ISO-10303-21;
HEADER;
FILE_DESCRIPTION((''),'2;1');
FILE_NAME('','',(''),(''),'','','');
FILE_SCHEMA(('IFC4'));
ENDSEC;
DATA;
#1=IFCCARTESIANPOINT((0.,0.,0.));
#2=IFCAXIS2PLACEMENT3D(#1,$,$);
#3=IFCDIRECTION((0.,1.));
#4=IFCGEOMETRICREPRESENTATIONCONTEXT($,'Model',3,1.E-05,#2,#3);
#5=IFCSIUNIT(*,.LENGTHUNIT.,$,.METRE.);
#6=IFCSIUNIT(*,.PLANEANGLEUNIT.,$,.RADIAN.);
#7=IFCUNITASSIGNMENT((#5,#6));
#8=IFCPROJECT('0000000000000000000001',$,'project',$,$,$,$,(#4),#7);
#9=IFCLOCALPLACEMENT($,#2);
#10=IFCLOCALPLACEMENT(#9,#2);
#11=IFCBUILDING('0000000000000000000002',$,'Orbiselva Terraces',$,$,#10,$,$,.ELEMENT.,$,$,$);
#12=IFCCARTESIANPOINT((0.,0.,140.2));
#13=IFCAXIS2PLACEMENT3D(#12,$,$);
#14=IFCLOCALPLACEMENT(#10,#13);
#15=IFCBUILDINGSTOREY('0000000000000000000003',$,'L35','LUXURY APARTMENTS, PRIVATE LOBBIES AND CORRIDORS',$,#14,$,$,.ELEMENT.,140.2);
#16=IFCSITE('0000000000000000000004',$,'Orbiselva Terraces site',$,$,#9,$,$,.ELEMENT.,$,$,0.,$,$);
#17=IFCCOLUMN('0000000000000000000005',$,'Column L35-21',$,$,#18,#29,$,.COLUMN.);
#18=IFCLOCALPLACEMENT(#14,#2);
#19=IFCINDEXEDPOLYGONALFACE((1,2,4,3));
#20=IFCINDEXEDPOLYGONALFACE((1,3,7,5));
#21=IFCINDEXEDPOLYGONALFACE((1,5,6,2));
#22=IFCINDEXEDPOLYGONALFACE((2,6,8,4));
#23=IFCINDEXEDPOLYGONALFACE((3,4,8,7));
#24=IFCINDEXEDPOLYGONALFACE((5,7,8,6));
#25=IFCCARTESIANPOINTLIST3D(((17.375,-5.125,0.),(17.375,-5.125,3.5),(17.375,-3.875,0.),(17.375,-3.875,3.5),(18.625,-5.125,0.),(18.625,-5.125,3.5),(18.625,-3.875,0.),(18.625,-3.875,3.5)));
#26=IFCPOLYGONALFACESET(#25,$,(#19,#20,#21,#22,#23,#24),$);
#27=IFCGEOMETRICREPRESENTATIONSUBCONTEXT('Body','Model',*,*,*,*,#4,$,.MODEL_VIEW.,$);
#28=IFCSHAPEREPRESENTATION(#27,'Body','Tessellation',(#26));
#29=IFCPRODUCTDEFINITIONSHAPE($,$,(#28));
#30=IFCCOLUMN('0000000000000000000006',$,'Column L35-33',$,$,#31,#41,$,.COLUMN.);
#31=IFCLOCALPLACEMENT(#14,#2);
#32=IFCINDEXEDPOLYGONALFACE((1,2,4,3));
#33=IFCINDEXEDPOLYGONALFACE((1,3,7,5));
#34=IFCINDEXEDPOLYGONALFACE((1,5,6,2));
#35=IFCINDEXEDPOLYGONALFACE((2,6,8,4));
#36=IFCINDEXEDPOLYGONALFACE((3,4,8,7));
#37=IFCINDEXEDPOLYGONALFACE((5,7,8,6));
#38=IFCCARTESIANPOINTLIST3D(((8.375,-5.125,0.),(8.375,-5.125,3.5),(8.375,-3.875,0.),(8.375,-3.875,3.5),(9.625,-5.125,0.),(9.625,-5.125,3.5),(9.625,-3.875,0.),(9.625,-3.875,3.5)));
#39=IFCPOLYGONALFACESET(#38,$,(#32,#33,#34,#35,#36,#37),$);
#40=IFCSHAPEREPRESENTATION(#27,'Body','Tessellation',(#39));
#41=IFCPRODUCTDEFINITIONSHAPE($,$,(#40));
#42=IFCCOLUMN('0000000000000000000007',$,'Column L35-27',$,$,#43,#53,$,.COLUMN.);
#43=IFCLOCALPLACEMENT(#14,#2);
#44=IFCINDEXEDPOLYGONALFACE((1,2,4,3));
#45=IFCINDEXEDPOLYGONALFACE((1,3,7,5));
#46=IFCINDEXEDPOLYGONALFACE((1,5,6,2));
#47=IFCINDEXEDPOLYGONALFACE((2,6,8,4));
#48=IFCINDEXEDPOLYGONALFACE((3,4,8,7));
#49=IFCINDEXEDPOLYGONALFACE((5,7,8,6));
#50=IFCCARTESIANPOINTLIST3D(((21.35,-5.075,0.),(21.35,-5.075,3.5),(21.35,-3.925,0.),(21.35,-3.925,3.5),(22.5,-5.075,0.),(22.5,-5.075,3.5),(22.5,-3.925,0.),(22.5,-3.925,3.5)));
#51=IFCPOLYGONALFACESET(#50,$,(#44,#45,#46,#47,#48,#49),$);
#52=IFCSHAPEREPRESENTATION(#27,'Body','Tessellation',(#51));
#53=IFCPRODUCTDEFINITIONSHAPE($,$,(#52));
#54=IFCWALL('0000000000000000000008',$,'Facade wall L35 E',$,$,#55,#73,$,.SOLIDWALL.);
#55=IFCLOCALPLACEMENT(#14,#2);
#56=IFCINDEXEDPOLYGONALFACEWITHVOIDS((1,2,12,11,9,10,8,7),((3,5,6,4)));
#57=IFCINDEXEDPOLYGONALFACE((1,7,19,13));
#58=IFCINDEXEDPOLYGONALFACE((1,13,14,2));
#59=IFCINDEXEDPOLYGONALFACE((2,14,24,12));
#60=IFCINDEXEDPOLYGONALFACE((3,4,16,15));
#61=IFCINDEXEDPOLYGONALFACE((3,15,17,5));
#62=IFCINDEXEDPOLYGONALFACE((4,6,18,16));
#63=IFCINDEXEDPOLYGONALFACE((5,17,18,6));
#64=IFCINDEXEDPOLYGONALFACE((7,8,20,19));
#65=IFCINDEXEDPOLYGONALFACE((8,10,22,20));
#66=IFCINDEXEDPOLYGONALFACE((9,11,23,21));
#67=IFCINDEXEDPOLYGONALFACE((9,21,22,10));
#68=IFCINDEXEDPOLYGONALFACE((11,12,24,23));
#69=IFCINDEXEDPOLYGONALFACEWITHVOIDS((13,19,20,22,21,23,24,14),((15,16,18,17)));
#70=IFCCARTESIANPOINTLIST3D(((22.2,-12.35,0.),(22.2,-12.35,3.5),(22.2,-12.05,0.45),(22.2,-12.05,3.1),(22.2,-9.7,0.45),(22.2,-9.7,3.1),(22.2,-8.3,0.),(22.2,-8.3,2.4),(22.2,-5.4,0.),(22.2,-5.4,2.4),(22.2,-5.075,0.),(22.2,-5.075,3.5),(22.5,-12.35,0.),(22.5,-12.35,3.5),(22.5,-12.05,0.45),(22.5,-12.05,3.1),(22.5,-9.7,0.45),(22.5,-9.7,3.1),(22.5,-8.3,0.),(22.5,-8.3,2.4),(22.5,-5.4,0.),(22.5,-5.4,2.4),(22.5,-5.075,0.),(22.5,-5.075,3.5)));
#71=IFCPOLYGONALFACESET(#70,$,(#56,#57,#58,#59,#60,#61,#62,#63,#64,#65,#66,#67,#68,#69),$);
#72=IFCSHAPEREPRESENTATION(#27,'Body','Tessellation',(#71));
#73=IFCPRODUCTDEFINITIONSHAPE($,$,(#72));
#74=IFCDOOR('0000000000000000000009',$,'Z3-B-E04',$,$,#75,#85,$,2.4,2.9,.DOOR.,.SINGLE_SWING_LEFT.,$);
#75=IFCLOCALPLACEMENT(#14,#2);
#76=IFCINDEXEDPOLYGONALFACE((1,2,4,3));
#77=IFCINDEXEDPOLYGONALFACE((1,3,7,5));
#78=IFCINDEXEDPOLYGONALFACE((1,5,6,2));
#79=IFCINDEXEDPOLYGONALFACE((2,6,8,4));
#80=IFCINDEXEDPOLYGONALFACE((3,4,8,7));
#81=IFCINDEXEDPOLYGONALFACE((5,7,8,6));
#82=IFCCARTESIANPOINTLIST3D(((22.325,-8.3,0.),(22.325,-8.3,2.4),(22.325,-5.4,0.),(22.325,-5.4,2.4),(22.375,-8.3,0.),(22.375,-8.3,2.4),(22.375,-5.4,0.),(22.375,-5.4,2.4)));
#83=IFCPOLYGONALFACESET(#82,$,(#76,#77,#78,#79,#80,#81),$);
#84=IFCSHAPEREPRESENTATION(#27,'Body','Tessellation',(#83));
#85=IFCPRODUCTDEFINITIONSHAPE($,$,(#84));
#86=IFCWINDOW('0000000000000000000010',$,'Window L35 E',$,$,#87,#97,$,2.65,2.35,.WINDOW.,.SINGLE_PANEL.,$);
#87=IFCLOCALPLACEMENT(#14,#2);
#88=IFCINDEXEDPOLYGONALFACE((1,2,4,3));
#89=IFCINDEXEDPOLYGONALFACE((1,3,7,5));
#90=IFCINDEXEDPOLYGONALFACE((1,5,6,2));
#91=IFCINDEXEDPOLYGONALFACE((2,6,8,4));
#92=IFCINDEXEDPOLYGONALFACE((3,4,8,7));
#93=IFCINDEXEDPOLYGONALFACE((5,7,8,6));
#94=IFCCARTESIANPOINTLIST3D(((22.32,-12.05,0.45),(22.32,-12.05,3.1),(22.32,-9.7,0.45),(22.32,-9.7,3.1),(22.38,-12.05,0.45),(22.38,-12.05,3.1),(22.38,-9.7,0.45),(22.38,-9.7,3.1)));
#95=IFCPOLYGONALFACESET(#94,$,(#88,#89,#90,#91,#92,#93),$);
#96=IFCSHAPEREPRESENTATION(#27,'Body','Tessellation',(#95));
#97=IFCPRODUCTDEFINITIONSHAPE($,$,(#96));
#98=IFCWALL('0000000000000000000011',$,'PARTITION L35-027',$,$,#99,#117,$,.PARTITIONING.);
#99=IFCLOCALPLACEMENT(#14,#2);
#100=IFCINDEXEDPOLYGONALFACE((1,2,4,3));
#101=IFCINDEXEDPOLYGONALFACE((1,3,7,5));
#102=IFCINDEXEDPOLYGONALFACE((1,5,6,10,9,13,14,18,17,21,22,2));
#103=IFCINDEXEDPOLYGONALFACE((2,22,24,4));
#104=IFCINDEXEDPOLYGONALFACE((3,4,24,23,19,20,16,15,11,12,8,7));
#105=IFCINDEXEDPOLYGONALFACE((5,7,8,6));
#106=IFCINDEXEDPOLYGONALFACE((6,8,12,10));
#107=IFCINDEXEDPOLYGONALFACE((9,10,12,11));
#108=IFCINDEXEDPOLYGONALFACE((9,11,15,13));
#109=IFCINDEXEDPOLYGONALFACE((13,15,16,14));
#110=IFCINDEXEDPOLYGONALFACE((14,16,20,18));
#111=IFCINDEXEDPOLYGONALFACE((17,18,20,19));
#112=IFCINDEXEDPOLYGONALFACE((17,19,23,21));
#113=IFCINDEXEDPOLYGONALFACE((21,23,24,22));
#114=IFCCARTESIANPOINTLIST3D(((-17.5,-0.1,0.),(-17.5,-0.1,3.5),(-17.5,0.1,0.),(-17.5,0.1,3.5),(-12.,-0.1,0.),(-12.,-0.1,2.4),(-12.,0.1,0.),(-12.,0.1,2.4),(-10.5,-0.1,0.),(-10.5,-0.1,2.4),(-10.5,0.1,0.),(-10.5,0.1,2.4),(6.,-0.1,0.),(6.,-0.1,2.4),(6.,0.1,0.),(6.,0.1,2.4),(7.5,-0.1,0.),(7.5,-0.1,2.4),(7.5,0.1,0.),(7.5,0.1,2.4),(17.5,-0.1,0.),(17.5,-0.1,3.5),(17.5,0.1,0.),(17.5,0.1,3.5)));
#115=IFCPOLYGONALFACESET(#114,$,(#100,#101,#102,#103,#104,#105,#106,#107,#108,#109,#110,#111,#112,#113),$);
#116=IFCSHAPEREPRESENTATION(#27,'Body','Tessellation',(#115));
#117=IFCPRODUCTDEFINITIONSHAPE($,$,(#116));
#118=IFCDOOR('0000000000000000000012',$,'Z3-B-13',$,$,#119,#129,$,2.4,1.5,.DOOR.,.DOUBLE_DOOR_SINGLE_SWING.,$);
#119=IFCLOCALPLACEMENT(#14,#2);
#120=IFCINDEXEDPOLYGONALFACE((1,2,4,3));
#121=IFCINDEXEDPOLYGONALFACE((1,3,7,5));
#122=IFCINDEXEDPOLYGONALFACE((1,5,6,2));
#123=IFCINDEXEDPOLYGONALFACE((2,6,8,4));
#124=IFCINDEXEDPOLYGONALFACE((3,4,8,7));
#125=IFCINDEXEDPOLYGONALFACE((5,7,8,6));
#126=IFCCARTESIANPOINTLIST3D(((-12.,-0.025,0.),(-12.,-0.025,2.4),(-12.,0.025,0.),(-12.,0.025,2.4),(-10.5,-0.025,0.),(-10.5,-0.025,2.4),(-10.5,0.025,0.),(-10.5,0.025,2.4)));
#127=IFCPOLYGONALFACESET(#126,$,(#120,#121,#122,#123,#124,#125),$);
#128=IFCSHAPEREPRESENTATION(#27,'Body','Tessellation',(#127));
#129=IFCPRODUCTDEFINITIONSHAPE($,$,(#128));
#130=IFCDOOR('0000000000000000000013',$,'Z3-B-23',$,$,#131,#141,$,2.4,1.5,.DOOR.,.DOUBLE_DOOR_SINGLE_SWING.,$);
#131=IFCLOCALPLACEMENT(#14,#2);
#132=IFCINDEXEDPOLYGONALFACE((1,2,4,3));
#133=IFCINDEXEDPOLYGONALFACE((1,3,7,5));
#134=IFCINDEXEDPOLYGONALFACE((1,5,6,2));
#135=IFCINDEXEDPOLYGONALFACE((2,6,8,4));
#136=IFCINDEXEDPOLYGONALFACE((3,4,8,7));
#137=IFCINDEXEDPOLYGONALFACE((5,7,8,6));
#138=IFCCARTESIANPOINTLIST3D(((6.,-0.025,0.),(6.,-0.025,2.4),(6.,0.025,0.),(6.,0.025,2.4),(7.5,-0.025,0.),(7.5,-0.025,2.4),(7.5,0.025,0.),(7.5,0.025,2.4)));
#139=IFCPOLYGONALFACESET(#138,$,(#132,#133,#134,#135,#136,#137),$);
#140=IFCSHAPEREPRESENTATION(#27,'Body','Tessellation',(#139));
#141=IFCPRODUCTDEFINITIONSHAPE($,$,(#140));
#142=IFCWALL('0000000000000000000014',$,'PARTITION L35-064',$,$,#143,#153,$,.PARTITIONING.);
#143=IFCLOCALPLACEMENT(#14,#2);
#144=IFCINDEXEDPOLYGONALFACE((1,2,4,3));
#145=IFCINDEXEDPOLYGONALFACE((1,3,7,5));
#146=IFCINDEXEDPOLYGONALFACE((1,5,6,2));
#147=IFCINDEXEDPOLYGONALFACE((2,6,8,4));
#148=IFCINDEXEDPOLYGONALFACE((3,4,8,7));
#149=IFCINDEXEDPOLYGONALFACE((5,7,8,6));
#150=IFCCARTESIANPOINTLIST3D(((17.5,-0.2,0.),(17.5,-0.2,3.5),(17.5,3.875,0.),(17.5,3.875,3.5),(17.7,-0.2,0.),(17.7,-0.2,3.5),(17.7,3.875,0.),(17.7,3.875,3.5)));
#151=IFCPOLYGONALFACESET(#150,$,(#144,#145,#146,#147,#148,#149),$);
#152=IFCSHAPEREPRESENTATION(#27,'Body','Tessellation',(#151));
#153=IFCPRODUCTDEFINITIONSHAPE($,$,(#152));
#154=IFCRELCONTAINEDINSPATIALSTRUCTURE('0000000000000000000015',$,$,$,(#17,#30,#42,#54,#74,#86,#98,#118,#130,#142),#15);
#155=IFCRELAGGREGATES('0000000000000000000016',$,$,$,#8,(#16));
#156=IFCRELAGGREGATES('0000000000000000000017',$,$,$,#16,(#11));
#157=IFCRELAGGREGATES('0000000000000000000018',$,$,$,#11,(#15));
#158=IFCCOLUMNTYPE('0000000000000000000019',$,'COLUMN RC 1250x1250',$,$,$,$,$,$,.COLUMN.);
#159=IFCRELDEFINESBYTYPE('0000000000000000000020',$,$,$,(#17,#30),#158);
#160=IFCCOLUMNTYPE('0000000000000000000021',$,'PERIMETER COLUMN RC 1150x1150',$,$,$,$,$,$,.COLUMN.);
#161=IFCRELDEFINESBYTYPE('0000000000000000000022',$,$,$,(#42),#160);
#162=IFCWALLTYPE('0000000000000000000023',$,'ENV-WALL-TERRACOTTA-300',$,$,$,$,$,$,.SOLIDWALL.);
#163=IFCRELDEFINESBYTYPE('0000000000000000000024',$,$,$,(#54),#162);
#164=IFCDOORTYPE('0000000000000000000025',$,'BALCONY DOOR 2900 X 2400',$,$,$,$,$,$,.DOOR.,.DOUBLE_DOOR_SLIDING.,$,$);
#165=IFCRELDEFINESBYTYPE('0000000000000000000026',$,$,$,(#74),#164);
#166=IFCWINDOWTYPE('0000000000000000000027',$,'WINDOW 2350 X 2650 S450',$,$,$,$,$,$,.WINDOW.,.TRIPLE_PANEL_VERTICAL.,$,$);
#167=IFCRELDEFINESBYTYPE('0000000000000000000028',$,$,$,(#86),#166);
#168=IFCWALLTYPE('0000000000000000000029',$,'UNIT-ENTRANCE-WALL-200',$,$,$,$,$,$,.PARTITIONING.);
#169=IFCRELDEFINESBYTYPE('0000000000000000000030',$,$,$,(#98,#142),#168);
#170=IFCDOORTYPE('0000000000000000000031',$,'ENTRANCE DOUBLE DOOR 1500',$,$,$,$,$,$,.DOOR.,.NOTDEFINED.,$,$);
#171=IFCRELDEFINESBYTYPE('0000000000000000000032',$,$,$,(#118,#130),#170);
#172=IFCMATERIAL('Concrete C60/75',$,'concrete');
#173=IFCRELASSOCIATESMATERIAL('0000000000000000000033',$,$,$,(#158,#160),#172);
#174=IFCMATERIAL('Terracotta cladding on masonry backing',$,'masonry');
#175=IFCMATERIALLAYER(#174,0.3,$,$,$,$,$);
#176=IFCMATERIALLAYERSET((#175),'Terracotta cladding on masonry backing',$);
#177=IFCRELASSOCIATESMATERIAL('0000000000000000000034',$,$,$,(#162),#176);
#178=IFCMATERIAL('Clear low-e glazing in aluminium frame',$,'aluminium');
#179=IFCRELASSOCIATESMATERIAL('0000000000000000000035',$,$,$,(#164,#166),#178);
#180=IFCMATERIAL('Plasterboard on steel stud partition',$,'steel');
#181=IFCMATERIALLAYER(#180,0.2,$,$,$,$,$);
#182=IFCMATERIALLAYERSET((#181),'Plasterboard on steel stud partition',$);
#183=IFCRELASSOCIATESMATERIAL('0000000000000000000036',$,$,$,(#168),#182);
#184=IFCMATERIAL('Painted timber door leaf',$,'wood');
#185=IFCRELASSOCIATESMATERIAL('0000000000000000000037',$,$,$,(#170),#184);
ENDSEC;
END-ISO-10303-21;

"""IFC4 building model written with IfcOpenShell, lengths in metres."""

from ifc_helpers import new_model, si_unit, direction, frame, frame_2d, origin, origin_2d, place, context, subcontext, project, spatial, rectangle, extrude, material, layer, layer_set, material_profile, profile_set, type_object, element, fill, save


model = new_model("IFC4")

# Units and contexts
model_context = context("Model", 3, precision=1e-05, world=origin(), true_north=direction((0.0, 1.0)))
body_context = subcontext(model_context, "Body", "Model", "MODEL_VIEW")
ifc_project = project(units=[si_unit("LENGTHUNIT", "METRE"), si_unit("PLANEANGLEUNIT", "RADIAN")], contexts=[model_context])

# Site, building, storey
site_placement = place(None, origin())
site = spatial("IfcSite", under=ifc_project, at=site_placement, Name="Orbiselva Terraces site", CompositionType="ELEMENT", RefElevation=0.0)
building_placement = place(site_placement, origin())
building = spatial("IfcBuilding", under=site, at=building_placement, Name="Orbiselva Terraces", CompositionType="ELEMENT")
storey_placement = place(building_placement, frame((0.0, 0.0, 140.2)))
storey = spatial("IfcBuildingStorey", under=building, at=storey_placement, Name="L35", Description="LUXURY APARTMENTS, PRIVATE LOBBIES AND CORRIDORS", CompositionType="ELEMENT", Elevation=140.2)

# Columns
ifc_material_1 = material(Name="Concrete C60/75", Category="concrete")
ifc_material_profile_1 = material_profile(ifc_material_1, rectangle(XDim=1.25, YDim=1.25, at=origin_2d()), Name="RC 1250x1250")
ifc_profile_set_1 = profile_set([ifc_material_profile_1], Name="Concrete C60/75")
column_type_1 = type_object("IfcColumnType", Name="COLUMN RC 1250x1250", PredefinedType="COLUMN", material=ifc_profile_set_1)
for number, where, z_axis, x_axis, name in (
    (1, (18.0, -4.5, 0.0), (0.0, 0.0, 1.0), (1.0, 0.0, 0.0), "Column L35-21"),
    (2, (9.0, -4.5, 0.0), (0.0, 0.0, 1.0), (1.0, 0.0, 0.0), "Column L35-33"),
):
    element("IfcColumn", number, at=place(storey_placement, frame(where, z_axis=z_axis, x_axis=x_axis)), inside=storey, type_object=column_type_1, Name=name, PredefinedType="COLUMN", context=body_context, shape_type="SweptSolid", body=[
        extrude(rectangle(XDim=1.25, YDim=1.25, at=origin_2d()), origin(), (0.0, 0.0, 1.0), 3.5),
    ])
ifc_material_profile_2 = material_profile(ifc_material_1, rectangle(XDim=1.15, YDim=1.15, at=origin_2d()), Name="RC 1150x1150")
ifc_profile_set_2 = profile_set([ifc_material_profile_2], Name="Concrete C60/75")
column_type_2 = type_object("IfcColumnType", Name="PERIMETER COLUMN RC 1150x1150", PredefinedType="COLUMN", material=ifc_profile_set_2)
column_placement = place(storey_placement, frame((21.925, -4.5, 0.0), z_axis=(0.0, 0.0, 1.0), x_axis=(1.0, 0.0, 0.0)))
element("IfcColumn", 3, at=column_placement, inside=storey, type_object=column_type_2, Name="Column L35-27", PredefinedType="COLUMN", context=body_context, shape_type="SweptSolid", body=[
    extrude(rectangle(XDim=1.15, YDim=1.15, at=origin_2d()), origin(), (0.0, 0.0, 1.0), 3.5),
])

# Wall, openings, door, window
ifc_material_2 = material(Name="Terracotta cladding on masonry backing", Category="masonry")
ifc_layer_1 = layer(ifc_material_2, 0.3)
ifc_layer_set_1 = layer_set([ifc_layer_1], Name="Terracotta cladding on masonry backing")
wall_type_1 = type_object("IfcWallType", Name="ENV-WALL-TERRACOTTA-300", PredefinedType="SOLIDWALL", material=ifc_layer_set_1)
wall_1_placement = place(storey_placement, frame((22.35, -5.075, 0.0), z_axis=(0.0, 0.0, 1.0), x_axis=(0.0, -1.0, 0.0)))
wall_1 = element("IfcWall", 4, at=wall_1_placement, inside=storey, type_object=wall_type_1, Name="Facade wall L35 E", PredefinedType="SOLIDWALL", context=body_context, shape_type="SweptSolid", body=[
    extrude(rectangle(XDim=7.275, YDim=0.3, at=frame_2d((3.6375, 0.0))), origin(), (0.0, 0.0, 1.0), 3.5),
])
opening_1_placement = place(wall_1_placement, frame((4.625, 0.0, 0.45)))
opening_1 = element("IfcOpeningElement", 5, at=opening_1_placement, cuts=wall_1, PredefinedType="OPENING", context=body_context, shape_type="SweptSolid", body=[
    extrude(rectangle(XDim=2.35, YDim=2.65, at=frame_2d((1.175, 1.325))), frame((0.0, 0.16, 0.0), z_axis=(0.0, -1.0, 0.0), x_axis=(1.0, 0.0, 0.0)), (0.0, 0.0, 1.0), 0.32),
])
opening_2_placement = place(wall_1_placement, frame((0.325, 0.0, 0.0)))
opening_2 = element("IfcOpeningElement", 6, at=opening_2_placement, cuts=wall_1, PredefinedType="OPENING", context=body_context, shape_type="SweptSolid", body=[
    extrude(rectangle(XDim=2.9, YDim=2.4, at=frame_2d((1.45, 1.2))), frame((0.0, 0.16, 0.0), z_axis=(0.0, -1.0, 0.0), x_axis=(1.0, 0.0, 0.0)), (0.0, 0.0, 1.0), 0.32),
])
ifc_material_3 = material(Name="Clear low-e glazing in aluminium frame", Category="aluminium")
door_type_1 = type_object("IfcDoorType", Name="BALCONY DOOR 2900 X 2400", OperationType="DOUBLE_DOOR_SLIDING", PredefinedType="DOOR", material=ifc_material_3)
door_1_placement = place(opening_2_placement, origin())
door_1 = element("IfcDoor", 7, at=door_1_placement, inside=storey, type_object=door_type_1, Name="Z3-B-E04", OperationType="SINGLE_SWING_LEFT", OverallHeight=2.4, OverallWidth=2.9, PredefinedType="DOOR", context=body_context, shape_type="SweptSolid", body=[
    extrude(rectangle(XDim=2.9, YDim=2.4, at=frame_2d((1.45, 1.2))), frame((0.0, 0.025, 0.0), z_axis=(0.0, -1.0, 0.0), x_axis=(1.0, 0.0, 0.0)), (0.0, 0.0, 1.0), 0.05),
])
fill(opening_2, door_1)
window_type = type_object("IfcWindowType", Name="WINDOW 2350 X 2650 S450", PartitioningType="TRIPLE_PANEL_VERTICAL", PredefinedType="WINDOW", material=ifc_material_3)
window_placement = place(opening_1_placement, origin())
window = element("IfcWindow", 8, at=window_placement, inside=storey, type_object=window_type, Name="Window L35 E", OverallHeight=2.65, OverallWidth=2.35, PartitioningType="SINGLE_PANEL", PredefinedType="WINDOW", context=body_context, shape_type="SweptSolid", body=[
    extrude(rectangle(XDim=2.35, YDim=2.65, at=frame_2d((1.175, 1.325))), frame((0.0, 0.03, 0.0), z_axis=(0.0, -1.0, 0.0), x_axis=(1.0, 0.0, 0.0)), (0.0, 0.0, 1.0), 0.06),
])
fill(opening_1, window)

# Wall, openings, doors
ifc_material_4 = material(Name="Plasterboard on steel stud partition", Category="steel")
ifc_layer_2 = layer(ifc_material_4, 0.2)
ifc_layer_set_2 = layer_set([ifc_layer_2], Name="Plasterboard on steel stud partition")
wall_type_2 = type_object("IfcWallType", Name="UNIT-ENTRANCE-WALL-200", PredefinedType="PARTITIONING", material=ifc_layer_set_2)
wall_2_placement = place(storey_placement, frame((17.5, 0.0, 0.0), z_axis=(0.0, 0.0, 1.0), x_axis=(-1.0, 0.0, 0.0)))
wall_2 = element("IfcWall", 9, at=wall_2_placement, inside=storey, type_object=wall_type_2, Name="PARTITION L35-027", PredefinedType="PARTITIONING", context=body_context, shape_type="SweptSolid", body=[
    extrude(rectangle(XDim=35.0, YDim=0.2, at=frame_2d((17.5, 0.0))), origin(), (0.0, 0.0, 1.0), 3.5),
])
opening_3_placement = place(wall_2_placement, frame((28.0, 0.0, 0.0)))
opening_3 = element("IfcOpeningElement", 10, at=opening_3_placement, cuts=wall_2, PredefinedType="OPENING", context=body_context, shape_type="SweptSolid", body=[
    extrude(rectangle(XDim=1.5, YDim=2.4, at=frame_2d((0.75, 1.2))), frame((0.0, 0.11, 0.0), z_axis=(0.0, -1.0, 0.0), x_axis=(1.0, 0.0, 0.0)), (0.0, 0.0, 1.0), 0.22),
])
opening_4_placement = place(wall_2_placement, frame((10.0, 0.0, 0.0)))
opening_4 = element("IfcOpeningElement", 11, at=opening_4_placement, cuts=wall_2, PredefinedType="OPENING", context=body_context, shape_type="SweptSolid", body=[
    extrude(rectangle(XDim=1.5, YDim=2.4, at=frame_2d((0.75, 1.2))), frame((0.0, 0.11, 0.0), z_axis=(0.0, -1.0, 0.0), x_axis=(1.0, 0.0, 0.0)), (0.0, 0.0, 1.0), 0.22),
])
ifc_material_5 = material(Name="Painted timber door leaf", Category="wood")
door_type_2 = type_object("IfcDoorType", Name="ENTRANCE DOUBLE DOOR 1500", OperationType="NOTDEFINED", PredefinedType="DOOR", material=ifc_material_5)
door_2_placement = place(opening_3_placement, origin())
door_2 = element("IfcDoor", 12, at=door_2_placement, inside=storey, type_object=door_type_2, Name="Z3-B-13", OperationType="DOUBLE_DOOR_SINGLE_SWING", OverallHeight=2.4, OverallWidth=1.5, PredefinedType="DOOR", context=body_context, shape_type="SweptSolid", body=[
    extrude(rectangle(XDim=1.5, YDim=2.4, at=frame_2d((0.75, 1.2))), frame((0.0, 0.025, 0.0), z_axis=(0.0, -1.0, 0.0), x_axis=(1.0, 0.0, 0.0)), (0.0, 0.0, 1.0), 0.05),
])
fill(opening_3, door_2)
door_3_placement = place(opening_4_placement, origin())
door_3 = element("IfcDoor", 13, at=door_3_placement, inside=storey, type_object=door_type_2, Name="Z3-B-23", OperationType="DOUBLE_DOOR_SINGLE_SWING", OverallHeight=2.4, OverallWidth=1.5, PredefinedType="DOOR", context=body_context, shape_type="SweptSolid", body=[
    extrude(rectangle(XDim=1.5, YDim=2.4, at=frame_2d((0.75, 1.2))), frame((0.0, 0.025, 0.0), z_axis=(0.0, -1.0, 0.0), x_axis=(1.0, 0.0, 0.0)), (0.0, 0.0, 1.0), 0.05),
])
fill(opening_4, door_3)

# Wall
wall_3_placement = place(storey_placement, frame((17.6, -0.2, 0.0), z_axis=(0.0, 0.0, 1.0), x_axis=(0.0, 1.0, 0.0)))
element("IfcWall", 14, at=wall_3_placement, inside=storey, type_object=wall_type_2, Name="PARTITION L35-064", PredefinedType="PARTITIONING", context=body_context, shape_type="SweptSolid", body=[
    extrude(rectangle(XDim=4.075, YDim=0.2, at=frame_2d((2.0375, 0.0))), origin(), (0.0, 0.0, 1.0), 3.5),
])

save(model, "model.ifc")
